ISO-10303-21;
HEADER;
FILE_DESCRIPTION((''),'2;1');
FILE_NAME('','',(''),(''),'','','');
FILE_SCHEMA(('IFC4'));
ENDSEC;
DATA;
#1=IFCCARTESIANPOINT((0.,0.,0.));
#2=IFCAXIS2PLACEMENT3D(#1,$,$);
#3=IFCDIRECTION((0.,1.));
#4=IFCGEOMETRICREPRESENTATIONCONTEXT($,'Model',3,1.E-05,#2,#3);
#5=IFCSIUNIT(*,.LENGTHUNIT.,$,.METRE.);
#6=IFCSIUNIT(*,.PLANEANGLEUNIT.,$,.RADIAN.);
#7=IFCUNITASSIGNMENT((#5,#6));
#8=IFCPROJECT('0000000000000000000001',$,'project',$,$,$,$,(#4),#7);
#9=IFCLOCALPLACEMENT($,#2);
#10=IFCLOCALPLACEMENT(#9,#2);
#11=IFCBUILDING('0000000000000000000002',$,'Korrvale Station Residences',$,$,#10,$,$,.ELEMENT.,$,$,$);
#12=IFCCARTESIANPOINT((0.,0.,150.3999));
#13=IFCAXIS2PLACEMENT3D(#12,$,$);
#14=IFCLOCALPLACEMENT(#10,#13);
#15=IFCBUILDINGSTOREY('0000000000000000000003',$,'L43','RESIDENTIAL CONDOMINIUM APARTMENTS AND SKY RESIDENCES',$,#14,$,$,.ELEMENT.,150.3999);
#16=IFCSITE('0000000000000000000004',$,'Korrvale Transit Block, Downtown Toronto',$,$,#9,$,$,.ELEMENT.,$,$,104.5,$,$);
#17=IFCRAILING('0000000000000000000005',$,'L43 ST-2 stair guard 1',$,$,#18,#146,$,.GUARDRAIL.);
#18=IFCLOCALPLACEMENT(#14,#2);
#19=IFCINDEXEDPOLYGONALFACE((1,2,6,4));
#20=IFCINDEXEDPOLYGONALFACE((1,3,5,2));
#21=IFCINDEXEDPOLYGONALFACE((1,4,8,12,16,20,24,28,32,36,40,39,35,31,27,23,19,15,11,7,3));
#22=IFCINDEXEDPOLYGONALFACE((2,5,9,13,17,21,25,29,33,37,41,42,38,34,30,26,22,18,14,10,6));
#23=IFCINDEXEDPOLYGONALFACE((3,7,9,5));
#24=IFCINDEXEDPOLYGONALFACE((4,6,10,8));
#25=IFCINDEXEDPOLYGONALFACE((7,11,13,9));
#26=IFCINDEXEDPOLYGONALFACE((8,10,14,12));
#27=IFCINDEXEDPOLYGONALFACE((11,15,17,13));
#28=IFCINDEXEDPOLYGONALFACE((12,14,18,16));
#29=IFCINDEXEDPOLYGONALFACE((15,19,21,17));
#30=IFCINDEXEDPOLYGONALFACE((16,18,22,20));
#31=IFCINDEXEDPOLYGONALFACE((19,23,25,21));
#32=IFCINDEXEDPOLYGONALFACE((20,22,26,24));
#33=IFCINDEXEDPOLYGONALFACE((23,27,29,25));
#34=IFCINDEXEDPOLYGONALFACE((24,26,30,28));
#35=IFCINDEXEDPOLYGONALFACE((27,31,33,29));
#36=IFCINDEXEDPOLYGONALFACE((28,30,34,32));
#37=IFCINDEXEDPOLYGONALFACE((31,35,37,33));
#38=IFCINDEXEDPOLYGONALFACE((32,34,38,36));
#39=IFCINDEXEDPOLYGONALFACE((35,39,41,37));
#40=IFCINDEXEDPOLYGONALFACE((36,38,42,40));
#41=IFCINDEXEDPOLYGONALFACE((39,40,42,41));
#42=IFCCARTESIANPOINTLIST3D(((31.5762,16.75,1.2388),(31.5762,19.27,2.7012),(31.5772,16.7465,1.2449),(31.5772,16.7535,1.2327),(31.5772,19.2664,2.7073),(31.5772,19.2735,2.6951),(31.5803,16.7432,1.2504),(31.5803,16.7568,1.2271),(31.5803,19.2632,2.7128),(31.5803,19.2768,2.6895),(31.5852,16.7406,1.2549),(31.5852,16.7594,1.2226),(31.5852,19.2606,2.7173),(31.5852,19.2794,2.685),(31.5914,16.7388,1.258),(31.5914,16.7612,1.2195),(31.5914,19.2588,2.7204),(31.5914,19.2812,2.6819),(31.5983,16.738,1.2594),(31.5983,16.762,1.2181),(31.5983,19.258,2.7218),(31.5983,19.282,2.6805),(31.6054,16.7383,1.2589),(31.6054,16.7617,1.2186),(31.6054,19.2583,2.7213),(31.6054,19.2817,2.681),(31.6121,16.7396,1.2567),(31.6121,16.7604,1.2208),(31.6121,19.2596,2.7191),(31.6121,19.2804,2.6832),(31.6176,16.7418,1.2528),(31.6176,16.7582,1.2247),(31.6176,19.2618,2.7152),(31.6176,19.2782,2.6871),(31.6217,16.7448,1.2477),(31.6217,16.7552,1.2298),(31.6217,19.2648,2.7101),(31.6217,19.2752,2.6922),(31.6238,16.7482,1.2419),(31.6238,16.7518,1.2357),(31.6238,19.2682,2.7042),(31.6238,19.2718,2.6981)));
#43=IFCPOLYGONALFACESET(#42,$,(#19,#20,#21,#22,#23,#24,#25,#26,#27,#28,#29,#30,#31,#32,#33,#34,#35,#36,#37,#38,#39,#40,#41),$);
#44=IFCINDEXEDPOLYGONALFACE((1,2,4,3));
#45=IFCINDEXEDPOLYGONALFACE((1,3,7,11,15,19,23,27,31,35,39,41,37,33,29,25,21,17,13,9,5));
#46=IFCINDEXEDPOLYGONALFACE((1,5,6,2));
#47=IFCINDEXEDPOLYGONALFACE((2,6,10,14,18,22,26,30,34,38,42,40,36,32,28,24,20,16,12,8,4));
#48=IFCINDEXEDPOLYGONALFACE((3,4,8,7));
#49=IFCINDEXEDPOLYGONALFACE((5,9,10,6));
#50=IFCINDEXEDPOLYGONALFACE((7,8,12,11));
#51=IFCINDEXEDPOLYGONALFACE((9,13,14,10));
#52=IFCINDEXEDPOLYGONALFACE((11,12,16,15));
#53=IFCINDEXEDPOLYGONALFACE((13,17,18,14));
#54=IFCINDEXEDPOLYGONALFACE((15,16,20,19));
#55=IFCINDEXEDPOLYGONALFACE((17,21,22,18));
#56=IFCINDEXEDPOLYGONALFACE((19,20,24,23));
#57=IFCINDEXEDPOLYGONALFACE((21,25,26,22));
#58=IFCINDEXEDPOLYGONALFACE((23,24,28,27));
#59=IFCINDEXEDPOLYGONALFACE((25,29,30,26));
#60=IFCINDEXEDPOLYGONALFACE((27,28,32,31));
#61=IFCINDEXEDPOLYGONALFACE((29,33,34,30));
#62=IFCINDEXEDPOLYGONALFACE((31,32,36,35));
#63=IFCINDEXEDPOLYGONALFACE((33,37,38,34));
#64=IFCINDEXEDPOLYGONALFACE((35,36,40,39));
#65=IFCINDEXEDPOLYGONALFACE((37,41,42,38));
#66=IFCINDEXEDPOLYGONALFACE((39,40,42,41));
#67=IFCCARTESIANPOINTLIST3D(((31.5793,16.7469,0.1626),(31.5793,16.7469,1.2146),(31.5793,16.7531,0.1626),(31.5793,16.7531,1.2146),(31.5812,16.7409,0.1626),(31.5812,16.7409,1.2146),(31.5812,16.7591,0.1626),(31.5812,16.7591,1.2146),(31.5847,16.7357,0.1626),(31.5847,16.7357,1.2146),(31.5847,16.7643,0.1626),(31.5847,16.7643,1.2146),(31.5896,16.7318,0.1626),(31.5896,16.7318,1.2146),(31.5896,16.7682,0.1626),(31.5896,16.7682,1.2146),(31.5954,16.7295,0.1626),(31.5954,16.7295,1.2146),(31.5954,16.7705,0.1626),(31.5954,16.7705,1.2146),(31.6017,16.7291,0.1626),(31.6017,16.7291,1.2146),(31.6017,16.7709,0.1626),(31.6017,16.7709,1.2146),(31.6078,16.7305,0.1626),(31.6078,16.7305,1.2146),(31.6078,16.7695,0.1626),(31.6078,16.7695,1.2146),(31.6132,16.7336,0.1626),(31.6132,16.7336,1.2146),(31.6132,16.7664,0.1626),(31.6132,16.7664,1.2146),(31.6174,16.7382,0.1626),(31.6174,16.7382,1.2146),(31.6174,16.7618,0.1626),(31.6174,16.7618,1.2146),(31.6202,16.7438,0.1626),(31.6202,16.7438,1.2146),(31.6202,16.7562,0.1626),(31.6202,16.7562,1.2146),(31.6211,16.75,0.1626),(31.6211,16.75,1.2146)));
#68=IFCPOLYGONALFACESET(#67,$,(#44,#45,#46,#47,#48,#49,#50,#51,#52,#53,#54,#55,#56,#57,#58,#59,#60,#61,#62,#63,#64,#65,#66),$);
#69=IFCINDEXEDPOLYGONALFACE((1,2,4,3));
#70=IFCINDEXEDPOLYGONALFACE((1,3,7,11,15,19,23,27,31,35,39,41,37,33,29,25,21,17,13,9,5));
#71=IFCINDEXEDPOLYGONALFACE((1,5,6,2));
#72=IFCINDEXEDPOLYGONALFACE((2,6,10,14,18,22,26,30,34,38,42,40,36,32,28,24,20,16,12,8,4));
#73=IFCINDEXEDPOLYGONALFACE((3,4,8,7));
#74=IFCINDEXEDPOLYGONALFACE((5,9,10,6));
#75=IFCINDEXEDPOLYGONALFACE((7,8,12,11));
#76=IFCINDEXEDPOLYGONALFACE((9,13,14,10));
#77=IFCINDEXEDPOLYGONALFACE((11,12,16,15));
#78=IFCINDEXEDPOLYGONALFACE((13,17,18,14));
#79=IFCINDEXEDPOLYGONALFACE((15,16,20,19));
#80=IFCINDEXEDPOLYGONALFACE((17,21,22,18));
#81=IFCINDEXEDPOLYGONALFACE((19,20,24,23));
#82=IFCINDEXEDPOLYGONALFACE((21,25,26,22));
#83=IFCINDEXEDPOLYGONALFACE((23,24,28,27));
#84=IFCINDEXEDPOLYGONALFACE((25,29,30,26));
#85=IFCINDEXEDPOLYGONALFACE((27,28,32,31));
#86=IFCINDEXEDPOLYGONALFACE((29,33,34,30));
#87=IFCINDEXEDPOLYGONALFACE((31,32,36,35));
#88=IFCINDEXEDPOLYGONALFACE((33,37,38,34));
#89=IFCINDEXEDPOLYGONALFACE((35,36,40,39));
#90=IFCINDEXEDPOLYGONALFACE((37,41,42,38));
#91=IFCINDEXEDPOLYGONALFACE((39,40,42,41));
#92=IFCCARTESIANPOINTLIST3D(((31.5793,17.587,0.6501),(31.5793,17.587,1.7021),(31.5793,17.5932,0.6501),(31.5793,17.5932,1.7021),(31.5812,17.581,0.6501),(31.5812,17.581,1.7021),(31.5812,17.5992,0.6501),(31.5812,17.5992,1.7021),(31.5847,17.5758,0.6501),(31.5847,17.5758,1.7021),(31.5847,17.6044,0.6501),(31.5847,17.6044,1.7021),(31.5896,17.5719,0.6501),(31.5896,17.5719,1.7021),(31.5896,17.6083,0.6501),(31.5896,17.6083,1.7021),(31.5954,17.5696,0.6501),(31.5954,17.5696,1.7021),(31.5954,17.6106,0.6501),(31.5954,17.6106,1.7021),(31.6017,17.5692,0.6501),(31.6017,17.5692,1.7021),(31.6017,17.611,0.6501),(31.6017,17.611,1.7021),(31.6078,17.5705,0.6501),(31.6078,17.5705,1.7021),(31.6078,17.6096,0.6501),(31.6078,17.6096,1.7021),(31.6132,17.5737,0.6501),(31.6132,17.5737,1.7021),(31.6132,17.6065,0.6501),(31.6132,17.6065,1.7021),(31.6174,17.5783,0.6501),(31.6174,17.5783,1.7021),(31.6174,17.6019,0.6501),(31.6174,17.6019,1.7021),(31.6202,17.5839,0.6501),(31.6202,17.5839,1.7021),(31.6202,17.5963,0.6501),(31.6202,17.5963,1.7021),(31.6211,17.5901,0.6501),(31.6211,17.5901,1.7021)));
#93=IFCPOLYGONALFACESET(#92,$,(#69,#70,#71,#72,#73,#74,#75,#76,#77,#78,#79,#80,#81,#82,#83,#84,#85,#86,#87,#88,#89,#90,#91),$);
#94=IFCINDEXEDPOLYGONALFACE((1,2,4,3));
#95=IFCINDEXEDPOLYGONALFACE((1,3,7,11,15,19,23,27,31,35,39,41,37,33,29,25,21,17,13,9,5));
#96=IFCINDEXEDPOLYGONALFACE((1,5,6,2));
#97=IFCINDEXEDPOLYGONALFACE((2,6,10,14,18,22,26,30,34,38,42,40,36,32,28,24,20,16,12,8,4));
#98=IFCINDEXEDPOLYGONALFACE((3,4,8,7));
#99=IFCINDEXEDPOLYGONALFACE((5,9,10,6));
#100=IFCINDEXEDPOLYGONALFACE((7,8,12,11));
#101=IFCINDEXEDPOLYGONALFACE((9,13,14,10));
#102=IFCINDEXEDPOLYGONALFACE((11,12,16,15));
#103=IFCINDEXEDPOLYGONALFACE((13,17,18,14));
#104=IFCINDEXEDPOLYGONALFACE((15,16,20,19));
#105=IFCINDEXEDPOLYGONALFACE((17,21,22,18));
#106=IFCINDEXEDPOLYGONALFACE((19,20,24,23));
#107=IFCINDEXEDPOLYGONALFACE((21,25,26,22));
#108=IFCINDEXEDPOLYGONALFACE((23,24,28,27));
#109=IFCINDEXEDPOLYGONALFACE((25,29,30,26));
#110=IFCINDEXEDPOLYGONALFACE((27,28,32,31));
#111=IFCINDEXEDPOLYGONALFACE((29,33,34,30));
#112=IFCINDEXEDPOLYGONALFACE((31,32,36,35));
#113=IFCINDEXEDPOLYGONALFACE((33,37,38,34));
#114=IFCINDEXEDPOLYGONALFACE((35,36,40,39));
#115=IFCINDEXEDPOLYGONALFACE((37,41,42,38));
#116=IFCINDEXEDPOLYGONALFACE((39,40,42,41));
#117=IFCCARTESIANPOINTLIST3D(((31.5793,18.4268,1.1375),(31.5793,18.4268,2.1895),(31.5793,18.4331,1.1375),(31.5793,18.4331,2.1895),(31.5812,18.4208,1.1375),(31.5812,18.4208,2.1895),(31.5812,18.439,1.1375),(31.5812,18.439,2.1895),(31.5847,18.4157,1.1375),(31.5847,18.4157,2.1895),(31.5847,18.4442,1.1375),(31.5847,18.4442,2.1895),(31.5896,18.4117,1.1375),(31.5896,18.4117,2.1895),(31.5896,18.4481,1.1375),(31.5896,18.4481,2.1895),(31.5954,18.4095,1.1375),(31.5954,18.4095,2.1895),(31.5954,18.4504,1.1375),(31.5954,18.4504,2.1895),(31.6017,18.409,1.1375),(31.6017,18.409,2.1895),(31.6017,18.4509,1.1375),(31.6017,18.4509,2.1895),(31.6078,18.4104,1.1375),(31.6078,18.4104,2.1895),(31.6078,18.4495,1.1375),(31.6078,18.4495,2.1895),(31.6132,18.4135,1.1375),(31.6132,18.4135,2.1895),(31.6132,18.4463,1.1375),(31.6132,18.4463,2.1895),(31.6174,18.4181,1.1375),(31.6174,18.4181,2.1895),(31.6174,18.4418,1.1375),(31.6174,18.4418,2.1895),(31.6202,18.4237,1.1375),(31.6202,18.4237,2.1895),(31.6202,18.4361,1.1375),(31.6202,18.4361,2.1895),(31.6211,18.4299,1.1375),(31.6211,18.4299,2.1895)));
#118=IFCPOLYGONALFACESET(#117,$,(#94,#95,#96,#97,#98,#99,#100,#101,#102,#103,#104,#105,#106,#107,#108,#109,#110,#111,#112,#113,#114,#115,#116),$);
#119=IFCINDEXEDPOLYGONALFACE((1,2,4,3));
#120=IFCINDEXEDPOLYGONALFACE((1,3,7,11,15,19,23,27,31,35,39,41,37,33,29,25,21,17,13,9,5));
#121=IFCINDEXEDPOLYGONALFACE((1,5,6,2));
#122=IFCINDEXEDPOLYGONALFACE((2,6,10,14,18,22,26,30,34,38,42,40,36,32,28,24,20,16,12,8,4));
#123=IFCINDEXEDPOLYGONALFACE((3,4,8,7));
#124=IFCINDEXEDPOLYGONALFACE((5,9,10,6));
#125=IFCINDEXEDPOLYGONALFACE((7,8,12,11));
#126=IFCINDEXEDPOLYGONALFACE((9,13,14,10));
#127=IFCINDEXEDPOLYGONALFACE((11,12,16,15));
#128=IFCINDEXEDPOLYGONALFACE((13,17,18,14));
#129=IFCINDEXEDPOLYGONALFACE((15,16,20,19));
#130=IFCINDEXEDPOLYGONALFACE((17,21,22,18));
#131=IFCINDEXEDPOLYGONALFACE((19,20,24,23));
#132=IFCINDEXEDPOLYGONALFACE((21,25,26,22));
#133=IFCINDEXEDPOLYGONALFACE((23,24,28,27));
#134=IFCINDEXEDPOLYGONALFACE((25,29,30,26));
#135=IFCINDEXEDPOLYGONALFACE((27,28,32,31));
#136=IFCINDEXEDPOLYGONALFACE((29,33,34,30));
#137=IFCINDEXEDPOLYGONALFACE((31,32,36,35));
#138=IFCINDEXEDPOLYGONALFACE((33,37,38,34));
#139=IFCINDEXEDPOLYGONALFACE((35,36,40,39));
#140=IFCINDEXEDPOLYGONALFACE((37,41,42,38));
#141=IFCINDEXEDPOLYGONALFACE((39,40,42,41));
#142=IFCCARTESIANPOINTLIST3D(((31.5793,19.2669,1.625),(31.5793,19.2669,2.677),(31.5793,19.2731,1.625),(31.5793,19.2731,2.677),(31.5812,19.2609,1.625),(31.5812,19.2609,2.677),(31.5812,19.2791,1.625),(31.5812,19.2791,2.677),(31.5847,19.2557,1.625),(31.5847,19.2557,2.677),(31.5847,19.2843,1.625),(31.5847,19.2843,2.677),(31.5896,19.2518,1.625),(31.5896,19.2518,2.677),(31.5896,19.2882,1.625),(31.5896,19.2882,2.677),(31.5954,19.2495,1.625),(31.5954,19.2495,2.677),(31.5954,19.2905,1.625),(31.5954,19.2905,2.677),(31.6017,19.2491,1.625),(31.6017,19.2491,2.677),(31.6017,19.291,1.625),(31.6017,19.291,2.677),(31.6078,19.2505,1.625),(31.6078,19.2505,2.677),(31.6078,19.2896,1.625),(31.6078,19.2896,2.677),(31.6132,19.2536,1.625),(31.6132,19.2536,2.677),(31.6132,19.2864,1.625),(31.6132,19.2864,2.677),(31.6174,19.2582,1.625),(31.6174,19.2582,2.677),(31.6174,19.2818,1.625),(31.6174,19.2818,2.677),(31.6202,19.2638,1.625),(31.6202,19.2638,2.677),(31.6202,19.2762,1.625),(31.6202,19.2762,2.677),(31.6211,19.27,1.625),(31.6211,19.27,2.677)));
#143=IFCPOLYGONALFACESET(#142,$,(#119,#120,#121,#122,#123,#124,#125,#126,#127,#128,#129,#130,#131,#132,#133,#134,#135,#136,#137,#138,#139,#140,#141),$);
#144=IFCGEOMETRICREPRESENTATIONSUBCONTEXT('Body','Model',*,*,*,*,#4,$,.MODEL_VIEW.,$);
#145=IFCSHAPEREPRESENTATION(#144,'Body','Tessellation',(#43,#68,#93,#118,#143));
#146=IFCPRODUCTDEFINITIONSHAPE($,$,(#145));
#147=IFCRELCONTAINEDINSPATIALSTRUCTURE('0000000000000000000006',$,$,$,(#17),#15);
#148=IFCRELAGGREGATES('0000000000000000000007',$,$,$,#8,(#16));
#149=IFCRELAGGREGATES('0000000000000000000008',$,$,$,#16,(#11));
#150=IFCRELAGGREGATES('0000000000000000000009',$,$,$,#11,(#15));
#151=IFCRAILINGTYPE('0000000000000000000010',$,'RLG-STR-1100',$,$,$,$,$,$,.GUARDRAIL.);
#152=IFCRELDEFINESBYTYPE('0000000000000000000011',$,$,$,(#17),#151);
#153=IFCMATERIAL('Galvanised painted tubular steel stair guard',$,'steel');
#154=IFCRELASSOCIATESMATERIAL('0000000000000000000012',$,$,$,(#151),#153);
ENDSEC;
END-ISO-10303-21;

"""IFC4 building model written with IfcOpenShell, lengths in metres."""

from ifc_helpers import new_model, si_unit, direction, frame, origin, origin_2d, place, context, subcontext, project, spatial, circle, extrude, material, type_object, element, save


model = new_model("IFC4")

# Units and contexts
model_context = context("Model", 3, precision=1e-05, world=origin(), true_north=direction((0.0, 1.0)))
body_context = subcontext(model_context, "Body", "Model", "MODEL_VIEW")
ifc_project = project(units=[si_unit("LENGTHUNIT", "METRE"), si_unit("PLANEANGLEUNIT", "RADIAN")], contexts=[model_context])

# Site, building, storey
site_placement = place(None, origin())
site = spatial("IfcSite", under=ifc_project, at=site_placement, Name="Korrvale Transit Block, Downtown Toronto", CompositionType="ELEMENT", RefElevation=104.5)
building_placement = place(site_placement, origin())
building = spatial("IfcBuilding", under=site, at=building_placement, Name="Korrvale Station Residences", CompositionType="ELEMENT")
storey_placement = place(building_placement, frame((0.0, 0.0, 150.3999)))
storey = spatial("IfcBuildingStorey", under=building, at=storey_placement, Name="L43", Description="RESIDENTIAL CONDOMINIUM APARTMENTS AND SKY RESIDENCES", CompositionType="ELEMENT", Elevation=150.3999)

# Railing
ifc_material_1 = material(Name="Galvanised painted tubular steel stair guard", Category="steel")
railing_type_1 = type_object("IfcRailingType", Name="RLG-STR-1100", PredefinedType="GUARDRAIL", material=ifc_material_1)
railing_1_placement = place(storey_placement, frame((31.6001, 16.75, 0.1626)))
element("IfcRailing", 1, at=railing_1_placement, inside=storey, type_object=railing_type_1, Name="L43 ST-2 stair guard 1", PredefinedType="GUARDRAIL", context=body_context, shape_type="SweptSolid", body=[
    extrude(circle(Radius=0.0239, at=origin_2d()), frame((0.0, 0.0, 1.0762), z_axis=(0.0, 0.864913, 0.501921), x_axis=(-1.0, 0.0, 0.0)), (0.0, 0.0, 1.0), 2.9136),
    extrude(circle(Radius=0.021, at=origin_2d()), origin(), (0.0, 0.0, 1.0), 1.052),
    extrude(circle(Radius=0.021, at=origin_2d()), frame((0.0, 0.8401, 0.4875)), (0.0, 0.0, 1.0), 1.052),
    extrude(circle(Radius=0.021, at=origin_2d()), frame((0.0, 1.6799, 0.9749)), (0.0, 0.0, 1.0), 1.052),
    extrude(circle(Radius=0.021, at=origin_2d()), frame((0.0, 2.52, 1.4624)), (0.0, 0.0, 1.0), 1.052),
])

save(model, "model.ifc")
